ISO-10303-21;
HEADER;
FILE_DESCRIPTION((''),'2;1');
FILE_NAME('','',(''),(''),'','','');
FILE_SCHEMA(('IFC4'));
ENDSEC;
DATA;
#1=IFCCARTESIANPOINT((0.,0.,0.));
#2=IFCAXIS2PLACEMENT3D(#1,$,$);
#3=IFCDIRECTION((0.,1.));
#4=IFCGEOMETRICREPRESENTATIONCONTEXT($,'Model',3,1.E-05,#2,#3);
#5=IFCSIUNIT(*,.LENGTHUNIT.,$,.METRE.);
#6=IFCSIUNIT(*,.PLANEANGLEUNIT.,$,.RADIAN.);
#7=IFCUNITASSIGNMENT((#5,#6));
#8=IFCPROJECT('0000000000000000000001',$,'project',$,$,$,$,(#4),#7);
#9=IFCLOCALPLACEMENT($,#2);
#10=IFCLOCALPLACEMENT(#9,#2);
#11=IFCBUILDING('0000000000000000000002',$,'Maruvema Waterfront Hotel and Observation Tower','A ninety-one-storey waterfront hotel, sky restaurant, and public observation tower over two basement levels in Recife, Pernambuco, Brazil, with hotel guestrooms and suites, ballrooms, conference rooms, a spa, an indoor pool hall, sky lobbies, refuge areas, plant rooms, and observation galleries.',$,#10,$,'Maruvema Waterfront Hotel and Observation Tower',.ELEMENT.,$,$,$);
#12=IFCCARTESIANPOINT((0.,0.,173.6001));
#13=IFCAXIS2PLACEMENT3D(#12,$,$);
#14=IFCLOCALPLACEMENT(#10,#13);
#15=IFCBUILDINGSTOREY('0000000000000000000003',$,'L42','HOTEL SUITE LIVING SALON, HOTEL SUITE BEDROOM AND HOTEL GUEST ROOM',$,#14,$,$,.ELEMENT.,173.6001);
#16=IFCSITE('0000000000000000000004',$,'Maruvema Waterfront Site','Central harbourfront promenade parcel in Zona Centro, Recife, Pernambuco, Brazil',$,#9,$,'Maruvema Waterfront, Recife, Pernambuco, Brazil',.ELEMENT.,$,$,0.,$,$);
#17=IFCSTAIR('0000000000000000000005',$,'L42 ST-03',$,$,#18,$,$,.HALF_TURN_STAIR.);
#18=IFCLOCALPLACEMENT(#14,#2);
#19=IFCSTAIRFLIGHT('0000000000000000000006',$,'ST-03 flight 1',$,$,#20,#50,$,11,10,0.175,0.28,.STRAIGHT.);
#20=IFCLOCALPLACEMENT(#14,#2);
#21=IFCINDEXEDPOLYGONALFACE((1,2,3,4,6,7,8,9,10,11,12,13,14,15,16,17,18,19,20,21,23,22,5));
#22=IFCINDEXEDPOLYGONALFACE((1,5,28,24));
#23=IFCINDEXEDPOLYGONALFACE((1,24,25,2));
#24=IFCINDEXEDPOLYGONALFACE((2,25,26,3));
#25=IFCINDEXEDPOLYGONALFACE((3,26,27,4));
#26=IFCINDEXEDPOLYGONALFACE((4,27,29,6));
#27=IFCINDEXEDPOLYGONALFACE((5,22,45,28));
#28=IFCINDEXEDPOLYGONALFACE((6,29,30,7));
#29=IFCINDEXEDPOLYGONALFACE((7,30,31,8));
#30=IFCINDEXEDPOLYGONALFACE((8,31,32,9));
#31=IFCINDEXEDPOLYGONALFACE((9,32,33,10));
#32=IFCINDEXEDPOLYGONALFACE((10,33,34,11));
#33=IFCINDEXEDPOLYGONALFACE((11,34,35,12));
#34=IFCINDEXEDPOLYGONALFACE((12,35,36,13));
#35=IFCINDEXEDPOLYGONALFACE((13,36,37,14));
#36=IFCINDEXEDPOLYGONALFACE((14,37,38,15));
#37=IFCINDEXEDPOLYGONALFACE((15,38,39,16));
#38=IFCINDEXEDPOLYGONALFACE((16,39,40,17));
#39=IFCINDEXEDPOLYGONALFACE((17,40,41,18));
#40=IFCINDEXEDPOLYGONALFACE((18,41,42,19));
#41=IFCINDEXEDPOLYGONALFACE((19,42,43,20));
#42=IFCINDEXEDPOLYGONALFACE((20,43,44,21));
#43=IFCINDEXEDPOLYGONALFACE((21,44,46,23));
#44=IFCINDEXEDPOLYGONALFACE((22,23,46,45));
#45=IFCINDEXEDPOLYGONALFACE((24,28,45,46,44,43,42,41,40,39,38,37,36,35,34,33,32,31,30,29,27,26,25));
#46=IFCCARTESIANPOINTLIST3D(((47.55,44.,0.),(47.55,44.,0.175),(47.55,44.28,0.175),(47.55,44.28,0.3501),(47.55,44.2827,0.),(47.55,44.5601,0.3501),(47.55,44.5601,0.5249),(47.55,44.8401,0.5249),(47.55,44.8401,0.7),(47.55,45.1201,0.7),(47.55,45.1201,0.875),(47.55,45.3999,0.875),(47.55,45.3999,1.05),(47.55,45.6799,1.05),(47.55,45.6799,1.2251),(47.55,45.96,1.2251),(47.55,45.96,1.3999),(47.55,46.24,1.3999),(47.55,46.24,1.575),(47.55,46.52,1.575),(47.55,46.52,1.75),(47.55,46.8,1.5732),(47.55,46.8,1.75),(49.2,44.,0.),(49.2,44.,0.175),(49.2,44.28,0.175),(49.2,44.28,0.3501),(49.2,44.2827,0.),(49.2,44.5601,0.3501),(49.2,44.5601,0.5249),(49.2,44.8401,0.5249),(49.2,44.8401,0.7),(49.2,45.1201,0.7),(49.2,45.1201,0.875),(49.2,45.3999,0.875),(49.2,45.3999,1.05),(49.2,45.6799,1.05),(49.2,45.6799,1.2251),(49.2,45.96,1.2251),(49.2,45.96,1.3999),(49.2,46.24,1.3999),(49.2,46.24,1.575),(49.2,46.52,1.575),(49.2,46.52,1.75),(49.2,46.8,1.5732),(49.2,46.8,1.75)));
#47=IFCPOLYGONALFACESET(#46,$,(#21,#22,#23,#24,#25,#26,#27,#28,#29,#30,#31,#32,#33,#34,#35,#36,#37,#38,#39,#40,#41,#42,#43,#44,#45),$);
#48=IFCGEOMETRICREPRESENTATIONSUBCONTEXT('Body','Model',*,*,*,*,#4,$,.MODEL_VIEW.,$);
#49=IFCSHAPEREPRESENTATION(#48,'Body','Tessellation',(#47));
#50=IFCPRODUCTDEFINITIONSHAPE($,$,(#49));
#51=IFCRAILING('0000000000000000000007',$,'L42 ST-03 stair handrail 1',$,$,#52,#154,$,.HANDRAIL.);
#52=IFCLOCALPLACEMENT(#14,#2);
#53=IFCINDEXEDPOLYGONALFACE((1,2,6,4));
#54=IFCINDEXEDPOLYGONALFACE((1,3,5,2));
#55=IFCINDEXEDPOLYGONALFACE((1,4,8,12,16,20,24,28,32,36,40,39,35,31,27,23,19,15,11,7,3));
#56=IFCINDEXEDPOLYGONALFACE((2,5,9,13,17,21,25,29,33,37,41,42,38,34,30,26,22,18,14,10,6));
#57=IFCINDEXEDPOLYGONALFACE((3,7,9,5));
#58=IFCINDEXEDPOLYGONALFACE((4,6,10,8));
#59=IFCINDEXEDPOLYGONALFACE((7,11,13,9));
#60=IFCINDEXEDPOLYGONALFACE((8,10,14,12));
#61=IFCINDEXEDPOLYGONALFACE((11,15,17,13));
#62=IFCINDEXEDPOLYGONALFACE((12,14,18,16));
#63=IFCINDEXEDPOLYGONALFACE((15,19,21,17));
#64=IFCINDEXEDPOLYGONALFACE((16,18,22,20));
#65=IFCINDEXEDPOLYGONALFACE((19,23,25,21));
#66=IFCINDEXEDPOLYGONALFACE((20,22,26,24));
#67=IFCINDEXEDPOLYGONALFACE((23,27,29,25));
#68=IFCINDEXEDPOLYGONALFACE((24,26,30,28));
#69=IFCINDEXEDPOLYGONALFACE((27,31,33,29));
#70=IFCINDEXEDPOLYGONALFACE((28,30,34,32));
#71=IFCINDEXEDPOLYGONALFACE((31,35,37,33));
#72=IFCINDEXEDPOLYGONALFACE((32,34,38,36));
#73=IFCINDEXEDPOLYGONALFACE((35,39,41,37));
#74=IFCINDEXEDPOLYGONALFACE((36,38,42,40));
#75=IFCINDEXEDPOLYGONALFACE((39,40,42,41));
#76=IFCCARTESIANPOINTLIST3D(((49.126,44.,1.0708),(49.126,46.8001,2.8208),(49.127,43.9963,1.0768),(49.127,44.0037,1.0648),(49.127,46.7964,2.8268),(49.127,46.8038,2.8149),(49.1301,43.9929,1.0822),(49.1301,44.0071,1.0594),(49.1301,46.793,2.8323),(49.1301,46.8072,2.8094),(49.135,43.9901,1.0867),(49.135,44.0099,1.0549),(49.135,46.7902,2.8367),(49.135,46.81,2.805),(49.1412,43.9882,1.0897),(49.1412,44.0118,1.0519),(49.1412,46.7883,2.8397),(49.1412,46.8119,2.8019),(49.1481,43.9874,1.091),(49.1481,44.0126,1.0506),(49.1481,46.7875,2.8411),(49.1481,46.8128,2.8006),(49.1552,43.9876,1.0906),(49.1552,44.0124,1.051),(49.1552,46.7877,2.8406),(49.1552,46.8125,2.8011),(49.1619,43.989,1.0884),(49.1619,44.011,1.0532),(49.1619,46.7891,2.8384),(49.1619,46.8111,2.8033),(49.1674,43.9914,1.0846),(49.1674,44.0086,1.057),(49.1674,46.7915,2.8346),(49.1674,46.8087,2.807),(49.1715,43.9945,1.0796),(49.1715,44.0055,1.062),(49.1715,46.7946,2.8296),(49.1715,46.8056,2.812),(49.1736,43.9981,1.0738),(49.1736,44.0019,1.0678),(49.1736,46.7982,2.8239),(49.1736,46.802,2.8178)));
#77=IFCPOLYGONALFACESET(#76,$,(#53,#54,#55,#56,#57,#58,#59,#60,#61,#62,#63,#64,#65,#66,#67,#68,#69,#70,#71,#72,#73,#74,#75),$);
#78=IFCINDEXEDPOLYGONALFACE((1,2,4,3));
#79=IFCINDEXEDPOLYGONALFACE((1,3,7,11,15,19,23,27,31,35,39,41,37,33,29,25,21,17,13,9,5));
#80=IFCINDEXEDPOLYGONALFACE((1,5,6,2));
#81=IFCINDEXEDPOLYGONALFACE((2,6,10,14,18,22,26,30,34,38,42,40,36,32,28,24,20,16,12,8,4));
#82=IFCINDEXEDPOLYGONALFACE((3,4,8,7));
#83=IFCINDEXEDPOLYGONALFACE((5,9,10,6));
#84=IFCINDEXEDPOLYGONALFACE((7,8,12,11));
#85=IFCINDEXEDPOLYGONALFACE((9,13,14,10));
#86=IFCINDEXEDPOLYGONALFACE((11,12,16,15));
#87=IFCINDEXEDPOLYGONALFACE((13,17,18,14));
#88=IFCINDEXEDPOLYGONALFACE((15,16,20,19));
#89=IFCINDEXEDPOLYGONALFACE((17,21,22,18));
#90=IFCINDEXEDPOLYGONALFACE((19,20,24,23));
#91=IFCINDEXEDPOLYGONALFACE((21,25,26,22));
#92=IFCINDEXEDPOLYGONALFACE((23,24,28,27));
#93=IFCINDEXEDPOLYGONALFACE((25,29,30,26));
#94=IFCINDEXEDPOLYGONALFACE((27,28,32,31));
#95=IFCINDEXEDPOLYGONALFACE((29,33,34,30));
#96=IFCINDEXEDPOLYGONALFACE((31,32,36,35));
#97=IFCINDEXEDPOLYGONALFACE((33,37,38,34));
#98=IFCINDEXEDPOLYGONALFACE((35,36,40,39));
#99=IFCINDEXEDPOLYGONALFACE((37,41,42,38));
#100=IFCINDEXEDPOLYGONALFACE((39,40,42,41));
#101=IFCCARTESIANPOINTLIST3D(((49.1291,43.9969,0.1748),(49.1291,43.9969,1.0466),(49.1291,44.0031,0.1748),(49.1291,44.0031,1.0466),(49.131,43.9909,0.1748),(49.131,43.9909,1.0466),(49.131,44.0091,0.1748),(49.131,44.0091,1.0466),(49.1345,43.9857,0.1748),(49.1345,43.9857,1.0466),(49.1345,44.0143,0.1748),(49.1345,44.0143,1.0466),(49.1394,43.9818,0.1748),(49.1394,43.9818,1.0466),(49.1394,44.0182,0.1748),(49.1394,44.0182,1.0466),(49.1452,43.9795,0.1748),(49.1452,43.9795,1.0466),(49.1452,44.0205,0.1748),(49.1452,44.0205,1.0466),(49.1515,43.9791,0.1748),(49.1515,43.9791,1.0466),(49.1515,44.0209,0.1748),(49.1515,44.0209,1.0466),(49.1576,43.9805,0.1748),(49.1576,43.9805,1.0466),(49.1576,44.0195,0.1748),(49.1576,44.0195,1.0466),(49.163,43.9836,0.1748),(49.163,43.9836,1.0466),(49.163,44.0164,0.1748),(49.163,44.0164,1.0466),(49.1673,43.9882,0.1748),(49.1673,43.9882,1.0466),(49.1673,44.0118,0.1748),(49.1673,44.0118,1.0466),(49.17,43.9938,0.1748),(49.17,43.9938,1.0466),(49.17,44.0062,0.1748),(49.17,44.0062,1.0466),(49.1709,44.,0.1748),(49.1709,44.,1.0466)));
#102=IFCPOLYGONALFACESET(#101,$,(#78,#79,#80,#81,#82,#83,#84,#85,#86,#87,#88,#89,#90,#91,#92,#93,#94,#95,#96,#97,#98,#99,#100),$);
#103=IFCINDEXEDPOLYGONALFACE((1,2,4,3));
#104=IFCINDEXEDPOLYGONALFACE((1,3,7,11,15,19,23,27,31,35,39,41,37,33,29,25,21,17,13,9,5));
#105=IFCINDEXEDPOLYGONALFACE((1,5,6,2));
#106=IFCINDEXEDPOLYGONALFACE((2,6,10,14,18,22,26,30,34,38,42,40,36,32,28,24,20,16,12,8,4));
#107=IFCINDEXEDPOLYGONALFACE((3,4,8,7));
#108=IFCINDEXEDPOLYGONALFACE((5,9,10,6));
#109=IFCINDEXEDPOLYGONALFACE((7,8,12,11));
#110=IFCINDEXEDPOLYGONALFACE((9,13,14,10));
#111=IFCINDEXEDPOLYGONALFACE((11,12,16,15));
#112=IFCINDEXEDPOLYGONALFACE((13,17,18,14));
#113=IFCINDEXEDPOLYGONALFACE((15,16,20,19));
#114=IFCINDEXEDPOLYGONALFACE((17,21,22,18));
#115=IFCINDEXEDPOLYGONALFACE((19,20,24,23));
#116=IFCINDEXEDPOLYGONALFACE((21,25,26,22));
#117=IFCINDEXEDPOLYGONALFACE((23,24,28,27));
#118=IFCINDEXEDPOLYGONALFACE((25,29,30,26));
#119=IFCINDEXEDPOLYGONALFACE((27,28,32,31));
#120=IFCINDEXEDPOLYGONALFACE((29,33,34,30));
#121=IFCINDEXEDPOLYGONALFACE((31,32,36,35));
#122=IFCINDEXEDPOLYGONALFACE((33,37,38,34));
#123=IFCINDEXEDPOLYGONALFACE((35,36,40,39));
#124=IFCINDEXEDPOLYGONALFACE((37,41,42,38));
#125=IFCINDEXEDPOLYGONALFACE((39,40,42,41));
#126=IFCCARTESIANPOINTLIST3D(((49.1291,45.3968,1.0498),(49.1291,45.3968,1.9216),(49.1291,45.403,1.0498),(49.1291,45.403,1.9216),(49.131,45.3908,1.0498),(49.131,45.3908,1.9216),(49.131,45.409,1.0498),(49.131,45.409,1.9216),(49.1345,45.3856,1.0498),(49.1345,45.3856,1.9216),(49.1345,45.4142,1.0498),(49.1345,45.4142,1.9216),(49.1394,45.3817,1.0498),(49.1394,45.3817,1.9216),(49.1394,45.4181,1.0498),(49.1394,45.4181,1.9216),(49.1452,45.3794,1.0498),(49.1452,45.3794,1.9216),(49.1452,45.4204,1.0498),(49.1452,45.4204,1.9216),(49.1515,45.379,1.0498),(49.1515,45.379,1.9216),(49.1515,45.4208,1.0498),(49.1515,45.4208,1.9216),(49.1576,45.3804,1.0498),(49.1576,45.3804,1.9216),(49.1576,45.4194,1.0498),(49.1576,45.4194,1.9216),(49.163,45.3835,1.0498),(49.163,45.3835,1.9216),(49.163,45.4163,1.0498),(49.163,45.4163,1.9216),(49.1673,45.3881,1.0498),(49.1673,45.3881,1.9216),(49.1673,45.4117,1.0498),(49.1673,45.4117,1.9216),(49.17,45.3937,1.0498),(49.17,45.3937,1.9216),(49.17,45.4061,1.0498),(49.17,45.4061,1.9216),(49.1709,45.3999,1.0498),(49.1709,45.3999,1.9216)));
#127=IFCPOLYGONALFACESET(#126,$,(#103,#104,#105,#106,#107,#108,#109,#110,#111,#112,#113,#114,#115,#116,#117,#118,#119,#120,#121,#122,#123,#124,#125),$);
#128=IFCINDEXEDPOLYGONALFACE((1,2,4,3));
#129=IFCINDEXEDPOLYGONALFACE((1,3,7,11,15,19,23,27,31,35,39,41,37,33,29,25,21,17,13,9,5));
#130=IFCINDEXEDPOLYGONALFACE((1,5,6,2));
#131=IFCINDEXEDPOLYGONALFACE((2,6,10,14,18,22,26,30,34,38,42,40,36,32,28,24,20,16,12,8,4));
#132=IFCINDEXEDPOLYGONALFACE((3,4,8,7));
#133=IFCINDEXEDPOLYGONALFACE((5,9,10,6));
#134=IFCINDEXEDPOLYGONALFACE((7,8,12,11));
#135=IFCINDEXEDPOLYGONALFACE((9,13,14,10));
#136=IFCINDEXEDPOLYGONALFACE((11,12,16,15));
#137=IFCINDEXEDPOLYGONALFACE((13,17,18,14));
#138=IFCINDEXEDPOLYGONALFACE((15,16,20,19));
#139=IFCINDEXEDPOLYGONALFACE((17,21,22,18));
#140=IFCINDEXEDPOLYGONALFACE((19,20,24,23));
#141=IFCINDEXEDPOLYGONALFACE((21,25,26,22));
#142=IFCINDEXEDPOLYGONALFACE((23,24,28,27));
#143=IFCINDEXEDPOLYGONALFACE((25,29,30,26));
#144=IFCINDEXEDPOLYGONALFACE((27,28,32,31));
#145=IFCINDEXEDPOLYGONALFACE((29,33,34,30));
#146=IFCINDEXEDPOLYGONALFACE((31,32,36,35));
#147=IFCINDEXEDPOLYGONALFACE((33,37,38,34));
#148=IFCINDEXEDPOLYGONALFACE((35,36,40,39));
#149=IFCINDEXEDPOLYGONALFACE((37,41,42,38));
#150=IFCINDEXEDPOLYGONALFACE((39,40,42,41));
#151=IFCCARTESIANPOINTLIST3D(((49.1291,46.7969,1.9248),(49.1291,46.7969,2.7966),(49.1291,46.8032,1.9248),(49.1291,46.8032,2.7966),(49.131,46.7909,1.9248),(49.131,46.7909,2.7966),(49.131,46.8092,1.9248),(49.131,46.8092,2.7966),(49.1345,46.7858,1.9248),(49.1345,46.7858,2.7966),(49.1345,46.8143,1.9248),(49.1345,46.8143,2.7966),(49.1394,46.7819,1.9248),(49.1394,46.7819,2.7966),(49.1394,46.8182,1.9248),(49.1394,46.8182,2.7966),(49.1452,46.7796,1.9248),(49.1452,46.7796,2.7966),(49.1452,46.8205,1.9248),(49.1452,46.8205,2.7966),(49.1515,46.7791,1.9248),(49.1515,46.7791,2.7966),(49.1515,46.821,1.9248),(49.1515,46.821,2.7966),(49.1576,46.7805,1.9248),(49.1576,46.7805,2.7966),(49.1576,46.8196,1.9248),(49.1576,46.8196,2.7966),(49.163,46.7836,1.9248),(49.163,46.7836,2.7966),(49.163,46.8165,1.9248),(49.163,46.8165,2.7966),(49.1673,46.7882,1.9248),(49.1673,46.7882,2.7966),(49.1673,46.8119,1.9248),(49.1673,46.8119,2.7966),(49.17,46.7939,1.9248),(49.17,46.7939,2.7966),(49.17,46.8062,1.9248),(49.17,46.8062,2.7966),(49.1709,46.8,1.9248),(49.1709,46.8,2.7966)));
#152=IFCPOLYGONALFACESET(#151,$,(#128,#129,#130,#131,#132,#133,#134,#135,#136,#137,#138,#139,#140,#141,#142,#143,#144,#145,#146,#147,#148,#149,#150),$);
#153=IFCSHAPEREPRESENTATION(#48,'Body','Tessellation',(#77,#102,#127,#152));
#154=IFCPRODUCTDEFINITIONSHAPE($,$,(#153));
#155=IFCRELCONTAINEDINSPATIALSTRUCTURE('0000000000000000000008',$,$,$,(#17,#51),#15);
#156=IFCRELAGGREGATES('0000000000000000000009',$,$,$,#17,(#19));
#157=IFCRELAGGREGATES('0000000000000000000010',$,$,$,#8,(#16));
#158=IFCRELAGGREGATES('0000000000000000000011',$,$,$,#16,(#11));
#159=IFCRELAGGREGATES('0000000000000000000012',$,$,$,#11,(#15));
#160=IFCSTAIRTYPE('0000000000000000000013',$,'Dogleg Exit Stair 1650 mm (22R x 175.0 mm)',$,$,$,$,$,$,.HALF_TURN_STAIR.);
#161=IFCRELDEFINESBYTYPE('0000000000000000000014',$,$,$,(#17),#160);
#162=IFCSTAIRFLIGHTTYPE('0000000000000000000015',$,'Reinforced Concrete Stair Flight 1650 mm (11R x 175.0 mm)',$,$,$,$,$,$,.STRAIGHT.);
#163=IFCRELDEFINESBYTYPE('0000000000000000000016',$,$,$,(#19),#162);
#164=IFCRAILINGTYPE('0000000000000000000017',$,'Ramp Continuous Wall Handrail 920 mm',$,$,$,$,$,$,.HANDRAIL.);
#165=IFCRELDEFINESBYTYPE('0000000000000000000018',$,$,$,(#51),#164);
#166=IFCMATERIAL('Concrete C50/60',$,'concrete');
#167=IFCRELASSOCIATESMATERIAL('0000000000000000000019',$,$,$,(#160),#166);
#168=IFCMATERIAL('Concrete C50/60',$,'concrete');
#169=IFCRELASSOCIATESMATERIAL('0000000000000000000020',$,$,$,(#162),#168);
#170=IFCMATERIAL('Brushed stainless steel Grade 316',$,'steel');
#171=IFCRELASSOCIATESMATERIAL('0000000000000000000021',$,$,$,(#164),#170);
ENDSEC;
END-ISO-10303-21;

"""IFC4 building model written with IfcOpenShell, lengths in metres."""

from ifc_helpers import new_model, si_unit, direction, frame, origin, origin_2d, place, context, subcontext, project, spatial, polyline, circle, outline, extrude, material, type_object, element, aggregate, save


model = new_model("IFC4")

# Units and contexts
model_context = context("Model", 3, precision=1e-05, world=origin(), true_north=direction((0.0, 1.0)))
body_context = subcontext(model_context, "Body", "Model", "MODEL_VIEW")
ifc_project = project(units=[si_unit("LENGTHUNIT", "METRE"), si_unit("PLANEANGLEUNIT", "RADIAN")], contexts=[model_context])

# Site, building, storey
site_placement = place(None, origin())
site = spatial("IfcSite", under=ifc_project, at=site_placement, Name="Maruvema Waterfront Site", Description="Central harbourfront promenade parcel in Zona Centro, Recife, Pernambuco, Brazil", LongName="Maruvema Waterfront, Recife, Pernambuco, Brazil", CompositionType="ELEMENT", RefElevation=0.0)
building_placement = place(site_placement, origin())
building = spatial("IfcBuilding", under=site, at=building_placement, Name="Maruvema Waterfront Hotel and Observation Tower", Description="A ninety-one-storey waterfront hotel, sky restaurant, and public observation tower over two basement levels in Recife, Pernambuco, Brazil, with hotel guestrooms and suites, ballrooms, conference rooms, a spa, an indoor pool hall, sky lobbies, refuge areas, plant rooms, and observation galleries.", LongName="Maruvema Waterfront Hotel and Observation Tower", CompositionType="ELEMENT")
storey_placement = place(building_placement, frame((0.0, 0.0, 173.6001)))
storey = spatial("IfcBuildingStorey", under=building, at=storey_placement, Name="L42", Description="HOTEL SUITE LIVING SALON, HOTEL SUITE BEDROOM AND HOTEL GUEST ROOM", CompositionType="ELEMENT", Elevation=173.6001)

# Stair, stair flight
ifc_material_1 = material(Name="Concrete C50/60", Category="concrete")
stair_type = type_object("IfcStairType", Name="Dogleg Exit Stair 1650 mm (22R x 175.0 mm)", PredefinedType="HALF_TURN_STAIR", material=ifc_material_1)
stair_placement = place(storey_placement, origin())
stair = element("IfcStair", 1, at=stair_placement, inside=storey, type_object=stair_type, Name="L42 ST-03", PredefinedType="HALF_TURN_STAIR")
ifc_material_2 = material(Name="Concrete C50/60", Category="concrete")
stair_flight_type = type_object("IfcStairFlightType", Name="Reinforced Concrete Stair Flight 1650 mm (11R x 175.0 mm)", PredefinedType="STRAIGHT", material=ifc_material_2)
stair_flight_placement = place(storey_placement, frame((48.375, 44.0, 0.0), z_axis=(0.0, 0.0, 1.0), x_axis=(0.0, 1.0, 0.0)))
stair_flight = element("IfcStairFlight", 2, at=stair_flight_placement, type_object=stair_flight_type, Name="ST-03 flight 1", NumberOfRisers=11, NumberOfTreads=10, PredefinedType="STRAIGHT", RiserHeight=0.175, TreadLength=0.28, context=body_context, shape_type="SweptSolid", body=[
    extrude(outline(polyline([(0.0, 0.0), (0.0, 0.175), (0.28, 0.175), (0.28, 0.3501), (0.5601, 0.3501), (0.5601, 0.5249), (0.8401, 0.5249), (0.8401, 0.7), (1.1201, 0.7), (1.1201, 0.875), (1.3999, 0.875), (1.3999, 1.05), (1.6799, 1.05), (1.6799, 1.2251), (1.96, 1.2251), (1.96, 1.3999), (2.24, 1.3999), (2.24, 1.575), (2.52, 1.575), (2.52, 1.75), (2.8, 1.75), (2.8, 1.925), (2.8, 1.5732), (0.2827, 0.0), (0.0, 0.0)])), frame((0.0, 0.825, 0.0), z_axis=(0.0, -1.0, 0.0), x_axis=(1.0, 0.0, 0.0)), (0.0, 0.0, 1.0), 1.6499),
])
aggregate(stair, [stair_flight])

# Railing
ifc_material_3 = material(Name="Brushed stainless steel Grade 316", Category="steel")
railing_type_1 = type_object("IfcRailingType", Name="Ramp Continuous Wall Handrail 920 mm", PredefinedType="HANDRAIL", material=ifc_material_3)
railing_1_placement = place(storey_placement, frame((49.1499, 44.0, 0.1748)))
element("IfcRailing", 3, at=railing_1_placement, inside=storey, type_object=railing_type_1, Name="L42 ST-03 stair handrail 1", PredefinedType="HANDRAIL", context=body_context, shape_type="SweptSolid", body=[
    extrude(circle(Radius=0.0239, at=origin_2d()), frame((0.0, 0.0, 0.896), z_axis=(0.0, 0.848002, 0.529992), x_axis=(-1.0, 0.0, 0.0)), (0.0, 0.0, 1.0), 3.302),
    extrude(circle(Radius=0.021, at=origin_2d()), origin(), (0.0, 0.0, 1.0), 0.8718),
    extrude(circle(Radius=0.021, at=origin_2d()), frame((0.0, 1.3999, 0.875)), (0.0, 0.0, 1.0), 0.8718),
    extrude(circle(Radius=0.021, at=origin_2d()), frame((0.0, 2.8, 1.75)), (0.0, 0.0, 1.0), 0.8718),
])

save(model, "model.ifc")
